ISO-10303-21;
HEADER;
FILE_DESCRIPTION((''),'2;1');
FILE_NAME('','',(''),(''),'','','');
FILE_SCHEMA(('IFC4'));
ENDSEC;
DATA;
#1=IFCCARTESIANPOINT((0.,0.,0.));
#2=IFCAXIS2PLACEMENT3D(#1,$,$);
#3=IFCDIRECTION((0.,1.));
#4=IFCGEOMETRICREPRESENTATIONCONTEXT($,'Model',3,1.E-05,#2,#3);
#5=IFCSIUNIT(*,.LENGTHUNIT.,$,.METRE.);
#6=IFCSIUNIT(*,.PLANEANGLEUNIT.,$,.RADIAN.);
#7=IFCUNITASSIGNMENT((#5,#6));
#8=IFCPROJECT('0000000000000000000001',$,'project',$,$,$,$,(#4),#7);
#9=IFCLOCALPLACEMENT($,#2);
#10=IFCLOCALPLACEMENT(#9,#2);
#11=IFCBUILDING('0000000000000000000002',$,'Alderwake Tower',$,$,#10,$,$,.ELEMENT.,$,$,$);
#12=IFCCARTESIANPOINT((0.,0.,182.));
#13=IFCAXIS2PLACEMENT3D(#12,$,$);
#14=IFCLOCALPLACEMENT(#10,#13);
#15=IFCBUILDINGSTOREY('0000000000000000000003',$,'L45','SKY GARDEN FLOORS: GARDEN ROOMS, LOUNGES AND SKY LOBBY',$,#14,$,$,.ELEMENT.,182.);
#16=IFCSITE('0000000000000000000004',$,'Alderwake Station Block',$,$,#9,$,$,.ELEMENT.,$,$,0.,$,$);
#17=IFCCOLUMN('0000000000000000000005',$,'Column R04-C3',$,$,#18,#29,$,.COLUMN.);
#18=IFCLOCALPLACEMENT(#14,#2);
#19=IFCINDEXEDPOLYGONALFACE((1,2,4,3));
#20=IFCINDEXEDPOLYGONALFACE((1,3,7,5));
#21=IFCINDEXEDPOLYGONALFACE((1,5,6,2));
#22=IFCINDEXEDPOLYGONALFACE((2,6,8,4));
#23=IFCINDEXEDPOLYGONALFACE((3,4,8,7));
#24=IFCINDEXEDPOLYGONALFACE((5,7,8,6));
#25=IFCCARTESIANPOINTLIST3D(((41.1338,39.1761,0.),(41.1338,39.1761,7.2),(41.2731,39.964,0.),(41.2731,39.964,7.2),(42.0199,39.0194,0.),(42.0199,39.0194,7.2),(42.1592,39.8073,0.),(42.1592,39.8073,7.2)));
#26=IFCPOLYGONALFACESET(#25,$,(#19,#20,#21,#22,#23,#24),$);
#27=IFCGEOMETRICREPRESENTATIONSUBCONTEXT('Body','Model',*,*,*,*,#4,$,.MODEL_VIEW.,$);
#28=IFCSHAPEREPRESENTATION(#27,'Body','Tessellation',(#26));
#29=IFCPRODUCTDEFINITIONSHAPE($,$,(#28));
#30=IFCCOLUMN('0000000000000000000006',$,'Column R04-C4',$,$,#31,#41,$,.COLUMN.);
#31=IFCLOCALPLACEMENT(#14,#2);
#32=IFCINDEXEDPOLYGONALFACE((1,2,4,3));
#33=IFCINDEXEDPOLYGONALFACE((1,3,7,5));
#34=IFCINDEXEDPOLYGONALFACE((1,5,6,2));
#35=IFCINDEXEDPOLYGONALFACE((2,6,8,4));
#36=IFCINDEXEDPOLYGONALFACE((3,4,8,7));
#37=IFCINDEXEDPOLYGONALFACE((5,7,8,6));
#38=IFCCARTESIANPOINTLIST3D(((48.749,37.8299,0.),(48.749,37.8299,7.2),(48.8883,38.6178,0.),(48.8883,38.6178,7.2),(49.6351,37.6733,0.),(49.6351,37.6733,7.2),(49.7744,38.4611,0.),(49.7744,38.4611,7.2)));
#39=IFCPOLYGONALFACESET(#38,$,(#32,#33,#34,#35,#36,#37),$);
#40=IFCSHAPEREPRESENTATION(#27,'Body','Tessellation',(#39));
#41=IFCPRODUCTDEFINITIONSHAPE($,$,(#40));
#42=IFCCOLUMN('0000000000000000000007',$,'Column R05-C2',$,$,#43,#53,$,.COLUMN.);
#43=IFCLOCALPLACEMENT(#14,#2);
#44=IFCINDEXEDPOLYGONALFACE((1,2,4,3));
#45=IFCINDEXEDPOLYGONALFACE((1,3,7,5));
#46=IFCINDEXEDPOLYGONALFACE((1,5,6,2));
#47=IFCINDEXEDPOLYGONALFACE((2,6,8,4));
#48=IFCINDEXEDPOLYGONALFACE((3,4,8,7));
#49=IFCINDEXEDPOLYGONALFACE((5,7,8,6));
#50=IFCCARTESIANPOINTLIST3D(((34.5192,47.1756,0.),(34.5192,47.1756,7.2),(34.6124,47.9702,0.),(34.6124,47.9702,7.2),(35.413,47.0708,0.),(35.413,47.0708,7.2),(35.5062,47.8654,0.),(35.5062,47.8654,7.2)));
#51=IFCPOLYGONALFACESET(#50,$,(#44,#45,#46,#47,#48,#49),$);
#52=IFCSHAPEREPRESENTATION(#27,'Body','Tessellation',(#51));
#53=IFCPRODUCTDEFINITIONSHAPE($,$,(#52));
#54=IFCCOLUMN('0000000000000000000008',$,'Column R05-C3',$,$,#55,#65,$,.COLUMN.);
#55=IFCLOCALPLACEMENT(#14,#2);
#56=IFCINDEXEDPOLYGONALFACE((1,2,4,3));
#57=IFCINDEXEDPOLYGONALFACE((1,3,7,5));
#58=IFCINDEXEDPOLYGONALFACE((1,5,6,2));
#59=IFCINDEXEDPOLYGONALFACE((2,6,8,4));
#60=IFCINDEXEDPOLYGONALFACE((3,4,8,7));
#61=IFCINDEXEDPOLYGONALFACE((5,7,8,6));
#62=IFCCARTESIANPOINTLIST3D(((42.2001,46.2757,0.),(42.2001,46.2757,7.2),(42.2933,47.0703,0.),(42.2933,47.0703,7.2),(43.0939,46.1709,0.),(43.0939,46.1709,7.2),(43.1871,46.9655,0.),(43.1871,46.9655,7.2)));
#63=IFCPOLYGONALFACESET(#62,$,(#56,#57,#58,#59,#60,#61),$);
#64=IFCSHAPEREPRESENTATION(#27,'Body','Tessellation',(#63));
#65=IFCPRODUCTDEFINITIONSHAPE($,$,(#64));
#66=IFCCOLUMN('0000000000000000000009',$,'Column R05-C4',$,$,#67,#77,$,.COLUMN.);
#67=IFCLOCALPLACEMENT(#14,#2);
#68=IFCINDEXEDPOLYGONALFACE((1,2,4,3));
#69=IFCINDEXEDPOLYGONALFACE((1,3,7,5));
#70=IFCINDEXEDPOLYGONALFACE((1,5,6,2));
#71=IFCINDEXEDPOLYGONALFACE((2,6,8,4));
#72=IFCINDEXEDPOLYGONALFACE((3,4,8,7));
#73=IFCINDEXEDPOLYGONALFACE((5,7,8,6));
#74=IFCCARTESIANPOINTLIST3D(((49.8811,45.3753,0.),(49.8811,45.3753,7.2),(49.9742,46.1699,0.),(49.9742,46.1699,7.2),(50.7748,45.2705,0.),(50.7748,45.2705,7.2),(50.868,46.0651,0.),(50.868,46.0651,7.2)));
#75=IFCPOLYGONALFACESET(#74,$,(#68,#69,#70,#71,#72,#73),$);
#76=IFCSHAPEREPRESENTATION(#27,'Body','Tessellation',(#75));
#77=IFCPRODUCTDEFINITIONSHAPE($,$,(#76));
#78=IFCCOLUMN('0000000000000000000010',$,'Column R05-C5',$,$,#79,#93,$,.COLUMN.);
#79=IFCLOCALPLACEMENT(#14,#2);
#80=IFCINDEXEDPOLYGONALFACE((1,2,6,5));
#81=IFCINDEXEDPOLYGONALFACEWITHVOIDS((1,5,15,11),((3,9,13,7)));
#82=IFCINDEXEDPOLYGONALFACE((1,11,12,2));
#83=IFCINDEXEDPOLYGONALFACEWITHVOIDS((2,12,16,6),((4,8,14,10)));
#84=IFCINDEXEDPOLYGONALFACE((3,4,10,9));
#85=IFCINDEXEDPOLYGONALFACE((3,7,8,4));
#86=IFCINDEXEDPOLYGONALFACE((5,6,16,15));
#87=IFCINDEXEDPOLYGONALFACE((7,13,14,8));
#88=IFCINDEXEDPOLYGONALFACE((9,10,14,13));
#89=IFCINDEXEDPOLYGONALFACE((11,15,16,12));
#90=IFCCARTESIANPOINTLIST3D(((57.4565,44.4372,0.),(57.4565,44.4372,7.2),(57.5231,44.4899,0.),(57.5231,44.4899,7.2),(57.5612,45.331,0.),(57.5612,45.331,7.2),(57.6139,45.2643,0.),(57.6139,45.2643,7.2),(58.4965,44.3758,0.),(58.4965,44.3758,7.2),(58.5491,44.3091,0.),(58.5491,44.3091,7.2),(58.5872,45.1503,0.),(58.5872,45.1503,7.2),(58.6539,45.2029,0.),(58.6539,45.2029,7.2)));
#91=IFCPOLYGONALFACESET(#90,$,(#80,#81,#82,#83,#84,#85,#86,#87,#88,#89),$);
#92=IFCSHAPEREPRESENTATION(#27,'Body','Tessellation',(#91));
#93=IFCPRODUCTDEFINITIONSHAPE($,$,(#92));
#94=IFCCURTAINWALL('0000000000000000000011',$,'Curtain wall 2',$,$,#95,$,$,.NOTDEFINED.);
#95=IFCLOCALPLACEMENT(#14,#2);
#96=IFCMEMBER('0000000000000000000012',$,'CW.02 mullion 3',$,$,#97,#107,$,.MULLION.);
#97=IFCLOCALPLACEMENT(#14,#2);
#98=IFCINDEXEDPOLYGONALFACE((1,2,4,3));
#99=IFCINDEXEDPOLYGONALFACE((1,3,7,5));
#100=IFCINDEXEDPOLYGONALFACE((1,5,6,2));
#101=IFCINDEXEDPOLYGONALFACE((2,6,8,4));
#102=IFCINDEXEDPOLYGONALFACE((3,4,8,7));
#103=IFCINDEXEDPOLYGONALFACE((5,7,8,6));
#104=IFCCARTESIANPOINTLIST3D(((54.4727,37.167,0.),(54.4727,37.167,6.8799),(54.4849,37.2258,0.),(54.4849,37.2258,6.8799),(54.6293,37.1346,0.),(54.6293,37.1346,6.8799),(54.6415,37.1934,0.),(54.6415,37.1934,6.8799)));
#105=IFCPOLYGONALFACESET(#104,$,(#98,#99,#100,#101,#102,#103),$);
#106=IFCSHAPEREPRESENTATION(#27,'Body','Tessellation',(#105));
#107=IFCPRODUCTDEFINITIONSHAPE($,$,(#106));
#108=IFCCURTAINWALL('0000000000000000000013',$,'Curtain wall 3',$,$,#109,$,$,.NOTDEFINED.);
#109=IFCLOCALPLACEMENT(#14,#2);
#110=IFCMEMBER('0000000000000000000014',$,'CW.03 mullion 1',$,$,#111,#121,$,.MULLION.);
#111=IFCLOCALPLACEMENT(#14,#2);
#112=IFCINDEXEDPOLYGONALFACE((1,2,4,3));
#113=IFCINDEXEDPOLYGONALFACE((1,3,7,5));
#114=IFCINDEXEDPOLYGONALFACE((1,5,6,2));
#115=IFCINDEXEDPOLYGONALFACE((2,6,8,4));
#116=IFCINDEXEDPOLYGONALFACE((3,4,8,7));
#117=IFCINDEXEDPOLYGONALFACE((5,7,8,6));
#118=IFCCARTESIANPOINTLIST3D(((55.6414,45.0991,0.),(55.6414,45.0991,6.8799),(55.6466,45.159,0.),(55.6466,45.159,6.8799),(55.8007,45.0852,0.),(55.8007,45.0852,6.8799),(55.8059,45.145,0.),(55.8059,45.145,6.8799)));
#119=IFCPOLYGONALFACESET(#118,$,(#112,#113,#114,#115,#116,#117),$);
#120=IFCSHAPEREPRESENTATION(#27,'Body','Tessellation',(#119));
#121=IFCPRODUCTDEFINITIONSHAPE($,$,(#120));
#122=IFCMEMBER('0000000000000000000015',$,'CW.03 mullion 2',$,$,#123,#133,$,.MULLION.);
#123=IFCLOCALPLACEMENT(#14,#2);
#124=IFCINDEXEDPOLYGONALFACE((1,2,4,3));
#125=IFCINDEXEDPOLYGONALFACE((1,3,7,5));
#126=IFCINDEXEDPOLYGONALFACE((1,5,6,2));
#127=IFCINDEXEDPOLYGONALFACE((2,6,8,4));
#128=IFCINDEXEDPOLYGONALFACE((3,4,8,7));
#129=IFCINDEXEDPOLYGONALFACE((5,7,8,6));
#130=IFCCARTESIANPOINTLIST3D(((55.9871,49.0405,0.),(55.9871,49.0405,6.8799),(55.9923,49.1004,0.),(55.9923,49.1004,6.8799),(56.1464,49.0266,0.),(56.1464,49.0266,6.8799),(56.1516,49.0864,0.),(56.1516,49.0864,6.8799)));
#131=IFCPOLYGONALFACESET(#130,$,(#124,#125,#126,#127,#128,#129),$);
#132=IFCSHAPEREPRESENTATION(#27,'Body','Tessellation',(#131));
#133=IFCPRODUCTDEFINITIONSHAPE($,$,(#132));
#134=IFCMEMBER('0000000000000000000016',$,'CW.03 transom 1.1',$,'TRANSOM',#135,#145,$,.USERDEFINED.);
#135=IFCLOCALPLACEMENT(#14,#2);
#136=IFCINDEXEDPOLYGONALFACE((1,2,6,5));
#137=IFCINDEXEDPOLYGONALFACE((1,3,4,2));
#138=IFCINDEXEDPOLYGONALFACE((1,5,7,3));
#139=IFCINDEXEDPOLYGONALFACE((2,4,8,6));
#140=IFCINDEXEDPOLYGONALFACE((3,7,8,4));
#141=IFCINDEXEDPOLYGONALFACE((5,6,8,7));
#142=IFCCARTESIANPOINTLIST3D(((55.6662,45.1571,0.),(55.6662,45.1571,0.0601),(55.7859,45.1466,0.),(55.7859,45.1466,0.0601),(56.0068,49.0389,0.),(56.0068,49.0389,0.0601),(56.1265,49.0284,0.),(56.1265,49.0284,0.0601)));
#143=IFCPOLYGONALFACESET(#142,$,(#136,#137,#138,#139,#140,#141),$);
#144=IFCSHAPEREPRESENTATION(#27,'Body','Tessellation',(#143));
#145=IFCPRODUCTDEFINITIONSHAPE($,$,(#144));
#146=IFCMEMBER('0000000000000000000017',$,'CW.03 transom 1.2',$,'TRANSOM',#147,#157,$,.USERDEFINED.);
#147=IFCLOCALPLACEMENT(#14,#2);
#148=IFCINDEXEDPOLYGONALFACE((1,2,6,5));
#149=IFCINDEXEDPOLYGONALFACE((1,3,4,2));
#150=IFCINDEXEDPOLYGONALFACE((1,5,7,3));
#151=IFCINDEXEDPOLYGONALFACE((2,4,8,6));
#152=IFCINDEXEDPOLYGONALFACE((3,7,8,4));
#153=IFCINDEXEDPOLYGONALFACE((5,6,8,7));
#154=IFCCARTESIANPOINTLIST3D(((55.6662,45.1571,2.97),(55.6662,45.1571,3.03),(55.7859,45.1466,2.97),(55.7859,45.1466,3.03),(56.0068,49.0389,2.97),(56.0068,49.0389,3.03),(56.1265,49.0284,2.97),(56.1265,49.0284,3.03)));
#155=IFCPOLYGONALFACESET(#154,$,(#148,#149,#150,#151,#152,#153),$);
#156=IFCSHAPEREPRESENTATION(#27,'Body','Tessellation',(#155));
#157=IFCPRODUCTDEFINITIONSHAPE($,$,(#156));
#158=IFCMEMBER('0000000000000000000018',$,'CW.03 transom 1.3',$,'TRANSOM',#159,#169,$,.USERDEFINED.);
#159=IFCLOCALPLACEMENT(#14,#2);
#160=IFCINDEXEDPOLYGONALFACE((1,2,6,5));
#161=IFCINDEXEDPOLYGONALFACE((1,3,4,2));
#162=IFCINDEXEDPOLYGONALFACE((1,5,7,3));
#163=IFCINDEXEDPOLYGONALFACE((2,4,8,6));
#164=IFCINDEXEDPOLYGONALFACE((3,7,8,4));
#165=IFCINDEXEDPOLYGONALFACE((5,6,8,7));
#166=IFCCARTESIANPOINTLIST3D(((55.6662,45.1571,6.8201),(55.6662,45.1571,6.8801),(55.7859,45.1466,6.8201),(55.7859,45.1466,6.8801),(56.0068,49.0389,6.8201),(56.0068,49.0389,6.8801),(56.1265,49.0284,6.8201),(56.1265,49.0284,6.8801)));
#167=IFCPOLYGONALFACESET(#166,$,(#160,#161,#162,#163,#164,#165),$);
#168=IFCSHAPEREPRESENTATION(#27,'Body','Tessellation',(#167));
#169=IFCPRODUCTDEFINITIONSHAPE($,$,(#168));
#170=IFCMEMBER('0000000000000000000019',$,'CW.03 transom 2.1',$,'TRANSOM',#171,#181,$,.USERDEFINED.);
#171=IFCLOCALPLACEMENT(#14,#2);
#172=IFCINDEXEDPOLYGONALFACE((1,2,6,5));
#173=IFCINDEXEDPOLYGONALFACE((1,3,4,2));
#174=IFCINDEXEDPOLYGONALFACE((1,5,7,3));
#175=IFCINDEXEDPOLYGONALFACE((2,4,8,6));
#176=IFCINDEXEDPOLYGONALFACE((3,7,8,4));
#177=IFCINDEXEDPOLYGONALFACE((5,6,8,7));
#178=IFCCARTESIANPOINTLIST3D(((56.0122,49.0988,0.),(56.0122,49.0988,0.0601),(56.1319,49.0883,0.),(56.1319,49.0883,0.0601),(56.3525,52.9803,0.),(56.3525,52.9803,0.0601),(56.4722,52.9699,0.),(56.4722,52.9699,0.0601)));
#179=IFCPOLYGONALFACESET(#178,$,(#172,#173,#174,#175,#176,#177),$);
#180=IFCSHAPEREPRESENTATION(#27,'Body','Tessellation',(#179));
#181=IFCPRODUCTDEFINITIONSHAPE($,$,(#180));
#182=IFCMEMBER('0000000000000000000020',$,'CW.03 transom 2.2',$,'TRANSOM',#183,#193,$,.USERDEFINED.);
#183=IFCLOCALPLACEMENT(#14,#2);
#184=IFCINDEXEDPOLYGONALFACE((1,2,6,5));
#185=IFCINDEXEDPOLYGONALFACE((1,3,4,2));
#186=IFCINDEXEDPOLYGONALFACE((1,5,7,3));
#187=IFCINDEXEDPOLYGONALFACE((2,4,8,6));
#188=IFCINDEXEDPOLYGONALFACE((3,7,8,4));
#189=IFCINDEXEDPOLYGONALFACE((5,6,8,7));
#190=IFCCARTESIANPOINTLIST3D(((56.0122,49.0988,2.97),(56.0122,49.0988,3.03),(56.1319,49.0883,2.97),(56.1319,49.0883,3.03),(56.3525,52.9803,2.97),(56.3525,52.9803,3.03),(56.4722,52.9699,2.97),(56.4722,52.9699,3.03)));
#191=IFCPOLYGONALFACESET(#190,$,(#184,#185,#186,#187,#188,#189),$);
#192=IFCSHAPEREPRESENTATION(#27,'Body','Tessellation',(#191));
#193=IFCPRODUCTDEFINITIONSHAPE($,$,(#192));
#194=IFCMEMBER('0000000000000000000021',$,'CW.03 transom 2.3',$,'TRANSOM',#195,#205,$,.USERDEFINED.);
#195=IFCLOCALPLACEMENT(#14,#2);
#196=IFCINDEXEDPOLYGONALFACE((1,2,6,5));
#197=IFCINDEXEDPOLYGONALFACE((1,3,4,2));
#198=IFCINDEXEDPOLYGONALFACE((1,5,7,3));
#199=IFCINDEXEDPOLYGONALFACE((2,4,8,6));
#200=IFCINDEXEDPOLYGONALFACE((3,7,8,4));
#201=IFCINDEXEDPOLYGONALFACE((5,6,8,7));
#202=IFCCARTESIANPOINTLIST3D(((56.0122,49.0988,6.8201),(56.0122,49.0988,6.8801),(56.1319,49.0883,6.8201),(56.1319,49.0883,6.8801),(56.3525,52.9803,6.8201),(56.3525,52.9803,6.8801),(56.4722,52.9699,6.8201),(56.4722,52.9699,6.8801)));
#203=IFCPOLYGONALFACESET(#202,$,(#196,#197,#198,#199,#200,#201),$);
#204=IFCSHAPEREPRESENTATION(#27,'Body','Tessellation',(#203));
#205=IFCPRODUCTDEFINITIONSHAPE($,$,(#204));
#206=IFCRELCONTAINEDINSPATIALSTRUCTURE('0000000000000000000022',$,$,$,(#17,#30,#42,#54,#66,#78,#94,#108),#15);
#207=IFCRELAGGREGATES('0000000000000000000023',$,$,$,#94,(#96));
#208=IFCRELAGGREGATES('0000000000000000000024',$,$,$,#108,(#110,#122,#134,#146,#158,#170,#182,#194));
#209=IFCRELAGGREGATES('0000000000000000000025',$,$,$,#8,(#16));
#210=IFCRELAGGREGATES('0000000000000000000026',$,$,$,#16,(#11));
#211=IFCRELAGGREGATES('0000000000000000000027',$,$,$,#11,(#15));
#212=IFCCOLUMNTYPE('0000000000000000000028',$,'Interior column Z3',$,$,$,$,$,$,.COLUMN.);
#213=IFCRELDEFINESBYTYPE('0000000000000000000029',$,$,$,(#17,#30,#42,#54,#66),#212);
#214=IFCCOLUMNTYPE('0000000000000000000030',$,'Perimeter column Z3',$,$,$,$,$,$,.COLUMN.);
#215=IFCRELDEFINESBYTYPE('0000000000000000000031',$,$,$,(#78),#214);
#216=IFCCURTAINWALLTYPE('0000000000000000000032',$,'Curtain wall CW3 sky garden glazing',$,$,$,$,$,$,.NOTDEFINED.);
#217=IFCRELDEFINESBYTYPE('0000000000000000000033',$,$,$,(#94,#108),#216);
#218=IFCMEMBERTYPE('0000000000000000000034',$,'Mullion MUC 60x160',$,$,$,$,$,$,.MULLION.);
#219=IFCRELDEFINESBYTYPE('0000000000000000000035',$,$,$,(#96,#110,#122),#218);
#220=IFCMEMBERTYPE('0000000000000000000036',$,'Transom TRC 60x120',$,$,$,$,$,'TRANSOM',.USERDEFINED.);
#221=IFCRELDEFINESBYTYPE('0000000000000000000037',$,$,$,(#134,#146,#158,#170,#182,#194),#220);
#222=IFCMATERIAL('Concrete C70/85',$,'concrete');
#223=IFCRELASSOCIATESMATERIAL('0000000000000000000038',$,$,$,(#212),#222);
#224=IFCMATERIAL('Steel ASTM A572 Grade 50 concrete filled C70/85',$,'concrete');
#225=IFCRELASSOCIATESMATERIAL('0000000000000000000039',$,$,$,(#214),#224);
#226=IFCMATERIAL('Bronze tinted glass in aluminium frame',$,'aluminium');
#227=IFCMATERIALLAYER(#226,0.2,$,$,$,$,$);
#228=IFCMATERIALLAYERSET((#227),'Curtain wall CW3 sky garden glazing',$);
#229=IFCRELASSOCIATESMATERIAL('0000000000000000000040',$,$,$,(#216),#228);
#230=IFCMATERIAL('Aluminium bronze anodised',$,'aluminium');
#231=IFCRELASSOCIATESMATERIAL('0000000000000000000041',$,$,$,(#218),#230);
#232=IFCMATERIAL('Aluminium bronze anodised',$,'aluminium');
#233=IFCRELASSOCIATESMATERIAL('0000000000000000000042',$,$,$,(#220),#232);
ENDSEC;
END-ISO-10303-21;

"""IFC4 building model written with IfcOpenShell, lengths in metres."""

from ifc_helpers import new_model, si_unit, direction, frame, origin, origin_2d, place, context, subcontext, project, spatial, rectangle, hollow_rectangle, extrude, material, layer, layer_set, material_profile, profile_set, type_object, element, aggregate, save


model = new_model("IFC4")

# Units and contexts
model_context = context("Model", 3, precision=1e-05, world=origin(), true_north=direction((0.0, 1.0)))
body_context = subcontext(model_context, "Body", "Model", "MODEL_VIEW")
ifc_project = project(units=[si_unit("LENGTHUNIT", "METRE"), si_unit("PLANEANGLEUNIT", "RADIAN")], contexts=[model_context])

# Site, building, storey
site_placement = place(None, origin())
site = spatial("IfcSite", under=ifc_project, at=site_placement, Name="Alderwake Station Block", CompositionType="ELEMENT", RefElevation=0.0)
building_placement = place(site_placement, origin())
building = spatial("IfcBuilding", under=site, at=building_placement, Name="Alderwake Tower", CompositionType="ELEMENT")
storey_placement = place(building_placement, frame((0.0, 0.0, 182.0)))
storey = spatial("IfcBuildingStorey", under=building, at=storey_placement, Name="L45", Description="SKY GARDEN FLOORS: GARDEN ROOMS, LOUNGES AND SKY LOBBY", CompositionType="ELEMENT", Elevation=182.0)

# Columns
ifc_material_1 = material(Name="Concrete C70/85", Category="concrete")
ifc_material_profile_1 = material_profile(ifc_material_1, rectangle(XDim=0.8, YDim=0.8999, at=origin_2d()), Name="RC 900X800")
ifc_profile_set_1 = profile_set([ifc_material_profile_1], Name="Concrete C70/85")
column_type_1 = type_object("IfcColumnType", Name="Interior column Z3", PredefinedType="COLUMN", material=ifc_profile_set_1)
for number, where, z_axis, x_axis, name in (
    (1, (41.6465, 39.4917, 0.0), (0.0, 0.0, 1.0), (0.174109, 0.984726, 0.0), "Column R04-C3"),
    (2, (49.2617, 38.1455, 0.0), (0.0, 0.0, 1.0), (0.174109, 0.984726, 0.0), "Column R04-C4"),
    (3, (35.0127, 47.5205, 0.0), (0.0, 0.0, 1.0), (0.116402, 0.993202, 0.0), "Column R05-C2"),
    (4, (42.6936, 46.6206, 0.0), (0.0, 0.0, 1.0), (0.116402, 0.993202, 0.0), "Column R05-C3"),
    (5, (50.3745, 45.7202, 0.0), (0.0, 0.0, 1.0), (0.116402, 0.993202, 0.0), "Column R05-C4"),
):
    element("IfcColumn", number, at=place(storey_placement, frame(where, z_axis=z_axis, x_axis=x_axis)), inside=storey, type_object=column_type_1, Name=name, PredefinedType="COLUMN", context=body_context, shape_type="SweptSolid", body=[
        extrude(rectangle(XDim=0.8, YDim=0.8999, at=origin_2d()), origin(), (0.0, 0.0, 1.0), 7.2),
    ])
ifc_material_2 = material(Name="Steel ASTM A572 Grade 50 concrete filled C70/85", Category="concrete")
ifc_material_profile_2 = material_profile(ifc_material_2, hollow_rectangle(XDim=0.8999, YDim=1.1001, WallThickness=0.0601, at=origin_2d()), Name="BOX 1100X900X60")
ifc_profile_set_2 = profile_set([ifc_material_profile_2], Name="Steel ASTM A572 Grade 50 concrete filled C70/85")
column_type_2 = type_object("IfcColumnType", Name="Perimeter column Z3", PredefinedType="COLUMN", material=ifc_profile_set_2)
column_placement = place(storey_placement, frame((58.0552, 44.8201, 0.0), z_axis=(0.0, 0.0, 1.0), x_axis=(0.116402, 0.993202, 0.0)))
element("IfcColumn", 6, at=column_placement, inside=storey, type_object=column_type_2, Name="Column R05-C5", PredefinedType="COLUMN", context=body_context, shape_type="SweptSolid", body=[
    extrude(hollow_rectangle(XDim=0.8999, YDim=1.1001, WallThickness=0.0601, at=origin_2d()), origin(), (0.0, 0.0, 1.0), 7.2),
])

# Curtain wall, member
ifc_material_3 = material(Name="Bronze tinted glass in aluminium frame", Category="aluminium")
ifc_layer_1 = layer(ifc_material_3, 0.2)
ifc_layer_set_1 = layer_set([ifc_layer_1], Name="Curtain wall CW3 sky garden glazing")
curtain_wall_type = type_object("IfcCurtainWallType", Name="Curtain wall CW3 sky garden glazing", PredefinedType="NOTDEFINED", material=ifc_layer_set_1)
curtain_wall_1_placement = place(storey_placement, origin())
curtain_wall_1 = element("IfcCurtainWall", 7, at=curtain_wall_1_placement, inside=storey, type_object=curtain_wall_type, Name="Curtain wall 2", PredefinedType="NOTDEFINED")
ifc_material_4 = material(Name="Aluminium bronze anodised", Category="aluminium")
ifc_material_profile_3 = material_profile(ifc_material_4, rectangle(XDim=0.1599, YDim=0.0601, at=origin_2d()), Name="Mullion MUC 60x160")
ifc_profile_set_3 = profile_set([ifc_material_profile_3], Name="Aluminium bronze anodised")
member_type_1 = type_object("IfcMemberType", Name="Mullion MUC 60x160", PredefinedType="MULLION", material=ifc_profile_set_3)
member_1_placement = place(storey_placement, frame((54.5571, 37.1802, 0.0), z_axis=(0.0, 0.0, 1.0), x_axis=(-0.979231, 0.202747, 0.0)))
member_1 = element("IfcMember", 8, at=member_1_placement, type_object=member_type_1, Name="CW.02 mullion 3", PredefinedType="MULLION", context=body_context, shape_type="SweptSolid", body=[
    extrude(rectangle(XDim=0.1599, YDim=0.0601, at=origin_2d()), origin(), (0.0, 0.0, 1.0), 6.8799),
])
aggregate(curtain_wall_1, [member_1])

# Curtain wall, members
curtain_wall_2_placement = place(storey_placement, origin())
curtain_wall_2 = element("IfcCurtainWall", 9, at=curtain_wall_2_placement, inside=storey, type_object=curtain_wall_type, Name="Curtain wall 3", PredefinedType="NOTDEFINED")
member_2_placement = place(storey_placement, frame((55.7236, 45.1221, 0.0), z_axis=(0.0, 0.0, 1.0), x_axis=(-0.996174, 0.087394, 0.0)))
member_2 = element("IfcMember", 10, at=member_2_placement, type_object=member_type_1, Name="CW.03 mullion 1", PredefinedType="MULLION", context=body_context, shape_type="SweptSolid", body=[
    extrude(rectangle(XDim=0.1599, YDim=0.0601, at=origin_2d()), origin(), (0.0, 0.0, 1.0), 6.8799),
])
member_3_placement = place(storey_placement, frame((56.0693, 49.0635, 0.0), z_axis=(0.0, 0.0, 1.0), x_axis=(-0.996174, 0.087394, 0.0)))
member_3 = element("IfcMember", 11, at=member_3_placement, type_object=member_type_1, Name="CW.03 mullion 2", PredefinedType="MULLION", context=body_context, shape_type="SweptSolid", body=[
    extrude(rectangle(XDim=0.1599, YDim=0.0601, at=origin_2d()), origin(), (0.0, 0.0, 1.0), 6.8799),
])
ifc_material_5 = material(Name="Aluminium bronze anodised", Category="aluminium")
ifc_material_profile_4 = material_profile(ifc_material_5, rectangle(XDim=0.1201, YDim=0.0601, at=origin_2d()), Name="Transom TRC 60x120")
ifc_profile_set_4 = profile_set([ifc_material_profile_4], Name="Aluminium bronze anodised")
member_type_2 = type_object("IfcMemberType", Name="Transom TRC 60x120", ElementType="TRANSOM", PredefinedType="USERDEFINED", material=ifc_profile_set_4)
member_4_placement = place(storey_placement, frame((55.7261, 45.1519, 0.03), z_axis=(0.0874, 0.996173, 0.0), x_axis=(-0.996173, 0.0874, 0.0)))
member_4 = element("IfcMember", 12, at=member_4_placement, type_object=member_type_2, Name="CW.03 transom 1.1", ObjectType="TRANSOM", PredefinedType="USERDEFINED", context=body_context, shape_type="SweptSolid", body=[
    extrude(rectangle(XDim=0.1201, YDim=0.0601, at=origin_2d()), origin(), (0.0, 0.0, 1.0), 3.8967),
])
member_5_placement = place(storey_placement, frame((55.7261, 45.1519, 3.0), z_axis=(0.0874, 0.996173, 0.0), x_axis=(-0.996173, 0.0874, 0.0)))
member_5 = element("IfcMember", 13, at=member_5_placement, type_object=member_type_2, Name="CW.03 transom 1.2", ObjectType="TRANSOM", PredefinedType="USERDEFINED", context=body_context, shape_type="SweptSolid", body=[
    extrude(rectangle(XDim=0.1201, YDim=0.0601, at=origin_2d()), origin(), (0.0, 0.0, 1.0), 3.8967),
])
member_6_placement = place(storey_placement, frame((55.7261, 45.1519, 6.8501), z_axis=(0.0874, 0.996173, 0.0), x_axis=(-0.996173, 0.0874, 0.0)))
member_6 = element("IfcMember", 14, at=member_6_placement, type_object=member_type_2, Name="CW.03 transom 1.3", ObjectType="TRANSOM", PredefinedType="USERDEFINED", context=body_context, shape_type="SweptSolid", body=[
    extrude(rectangle(XDim=0.1201, YDim=0.0601, at=origin_2d()), origin(), (0.0, 0.0, 1.0), 3.8967),
])
member_7_placement = place(storey_placement, frame((56.072, 49.0935, 0.03), z_axis=(0.087343, 0.996178, 0.0), x_axis=(-0.996178, 0.087343, 0.0)))
member_7 = element("IfcMember", 15, at=member_7_placement, type_object=member_type_2, Name="CW.03 transom 2.1", ObjectType="TRANSOM", PredefinedType="USERDEFINED", context=body_context, shape_type="SweptSolid", body=[
    extrude(rectangle(XDim=0.1201, YDim=0.0601, at=origin_2d()), origin(), (0.0, 0.0, 1.0), 3.8965),
])
member_8_placement = place(storey_placement, frame((56.072, 49.0935, 3.0), z_axis=(0.087343, 0.996178, 0.0), x_axis=(-0.996178, 0.087343, 0.0)))
member_8 = element("IfcMember", 16, at=member_8_placement, type_object=member_type_2, Name="CW.03 transom 2.2", ObjectType="TRANSOM", PredefinedType="USERDEFINED", context=body_context, shape_type="SweptSolid", body=[
    extrude(rectangle(XDim=0.1201, YDim=0.0601, at=origin_2d()), origin(), (0.0, 0.0, 1.0), 3.8965),
])
member_9_placement = place(storey_placement, frame((56.072, 49.0935, 6.8501), z_axis=(0.087343, 0.996178, 0.0), x_axis=(-0.996178, 0.087343, 0.0)))
member_9 = element("IfcMember", 17, at=member_9_placement, type_object=member_type_2, Name="CW.03 transom 2.3", ObjectType="TRANSOM", PredefinedType="USERDEFINED", context=body_context, shape_type="SweptSolid", body=[
    extrude(rectangle(XDim=0.1201, YDim=0.0601, at=origin_2d()), origin(), (0.0, 0.0, 1.0), 3.8965),
])
aggregate(curtain_wall_2, [member_2, member_3, member_4, member_5, member_6, member_7, member_8, member_9])

save(model, "model.ifc")
